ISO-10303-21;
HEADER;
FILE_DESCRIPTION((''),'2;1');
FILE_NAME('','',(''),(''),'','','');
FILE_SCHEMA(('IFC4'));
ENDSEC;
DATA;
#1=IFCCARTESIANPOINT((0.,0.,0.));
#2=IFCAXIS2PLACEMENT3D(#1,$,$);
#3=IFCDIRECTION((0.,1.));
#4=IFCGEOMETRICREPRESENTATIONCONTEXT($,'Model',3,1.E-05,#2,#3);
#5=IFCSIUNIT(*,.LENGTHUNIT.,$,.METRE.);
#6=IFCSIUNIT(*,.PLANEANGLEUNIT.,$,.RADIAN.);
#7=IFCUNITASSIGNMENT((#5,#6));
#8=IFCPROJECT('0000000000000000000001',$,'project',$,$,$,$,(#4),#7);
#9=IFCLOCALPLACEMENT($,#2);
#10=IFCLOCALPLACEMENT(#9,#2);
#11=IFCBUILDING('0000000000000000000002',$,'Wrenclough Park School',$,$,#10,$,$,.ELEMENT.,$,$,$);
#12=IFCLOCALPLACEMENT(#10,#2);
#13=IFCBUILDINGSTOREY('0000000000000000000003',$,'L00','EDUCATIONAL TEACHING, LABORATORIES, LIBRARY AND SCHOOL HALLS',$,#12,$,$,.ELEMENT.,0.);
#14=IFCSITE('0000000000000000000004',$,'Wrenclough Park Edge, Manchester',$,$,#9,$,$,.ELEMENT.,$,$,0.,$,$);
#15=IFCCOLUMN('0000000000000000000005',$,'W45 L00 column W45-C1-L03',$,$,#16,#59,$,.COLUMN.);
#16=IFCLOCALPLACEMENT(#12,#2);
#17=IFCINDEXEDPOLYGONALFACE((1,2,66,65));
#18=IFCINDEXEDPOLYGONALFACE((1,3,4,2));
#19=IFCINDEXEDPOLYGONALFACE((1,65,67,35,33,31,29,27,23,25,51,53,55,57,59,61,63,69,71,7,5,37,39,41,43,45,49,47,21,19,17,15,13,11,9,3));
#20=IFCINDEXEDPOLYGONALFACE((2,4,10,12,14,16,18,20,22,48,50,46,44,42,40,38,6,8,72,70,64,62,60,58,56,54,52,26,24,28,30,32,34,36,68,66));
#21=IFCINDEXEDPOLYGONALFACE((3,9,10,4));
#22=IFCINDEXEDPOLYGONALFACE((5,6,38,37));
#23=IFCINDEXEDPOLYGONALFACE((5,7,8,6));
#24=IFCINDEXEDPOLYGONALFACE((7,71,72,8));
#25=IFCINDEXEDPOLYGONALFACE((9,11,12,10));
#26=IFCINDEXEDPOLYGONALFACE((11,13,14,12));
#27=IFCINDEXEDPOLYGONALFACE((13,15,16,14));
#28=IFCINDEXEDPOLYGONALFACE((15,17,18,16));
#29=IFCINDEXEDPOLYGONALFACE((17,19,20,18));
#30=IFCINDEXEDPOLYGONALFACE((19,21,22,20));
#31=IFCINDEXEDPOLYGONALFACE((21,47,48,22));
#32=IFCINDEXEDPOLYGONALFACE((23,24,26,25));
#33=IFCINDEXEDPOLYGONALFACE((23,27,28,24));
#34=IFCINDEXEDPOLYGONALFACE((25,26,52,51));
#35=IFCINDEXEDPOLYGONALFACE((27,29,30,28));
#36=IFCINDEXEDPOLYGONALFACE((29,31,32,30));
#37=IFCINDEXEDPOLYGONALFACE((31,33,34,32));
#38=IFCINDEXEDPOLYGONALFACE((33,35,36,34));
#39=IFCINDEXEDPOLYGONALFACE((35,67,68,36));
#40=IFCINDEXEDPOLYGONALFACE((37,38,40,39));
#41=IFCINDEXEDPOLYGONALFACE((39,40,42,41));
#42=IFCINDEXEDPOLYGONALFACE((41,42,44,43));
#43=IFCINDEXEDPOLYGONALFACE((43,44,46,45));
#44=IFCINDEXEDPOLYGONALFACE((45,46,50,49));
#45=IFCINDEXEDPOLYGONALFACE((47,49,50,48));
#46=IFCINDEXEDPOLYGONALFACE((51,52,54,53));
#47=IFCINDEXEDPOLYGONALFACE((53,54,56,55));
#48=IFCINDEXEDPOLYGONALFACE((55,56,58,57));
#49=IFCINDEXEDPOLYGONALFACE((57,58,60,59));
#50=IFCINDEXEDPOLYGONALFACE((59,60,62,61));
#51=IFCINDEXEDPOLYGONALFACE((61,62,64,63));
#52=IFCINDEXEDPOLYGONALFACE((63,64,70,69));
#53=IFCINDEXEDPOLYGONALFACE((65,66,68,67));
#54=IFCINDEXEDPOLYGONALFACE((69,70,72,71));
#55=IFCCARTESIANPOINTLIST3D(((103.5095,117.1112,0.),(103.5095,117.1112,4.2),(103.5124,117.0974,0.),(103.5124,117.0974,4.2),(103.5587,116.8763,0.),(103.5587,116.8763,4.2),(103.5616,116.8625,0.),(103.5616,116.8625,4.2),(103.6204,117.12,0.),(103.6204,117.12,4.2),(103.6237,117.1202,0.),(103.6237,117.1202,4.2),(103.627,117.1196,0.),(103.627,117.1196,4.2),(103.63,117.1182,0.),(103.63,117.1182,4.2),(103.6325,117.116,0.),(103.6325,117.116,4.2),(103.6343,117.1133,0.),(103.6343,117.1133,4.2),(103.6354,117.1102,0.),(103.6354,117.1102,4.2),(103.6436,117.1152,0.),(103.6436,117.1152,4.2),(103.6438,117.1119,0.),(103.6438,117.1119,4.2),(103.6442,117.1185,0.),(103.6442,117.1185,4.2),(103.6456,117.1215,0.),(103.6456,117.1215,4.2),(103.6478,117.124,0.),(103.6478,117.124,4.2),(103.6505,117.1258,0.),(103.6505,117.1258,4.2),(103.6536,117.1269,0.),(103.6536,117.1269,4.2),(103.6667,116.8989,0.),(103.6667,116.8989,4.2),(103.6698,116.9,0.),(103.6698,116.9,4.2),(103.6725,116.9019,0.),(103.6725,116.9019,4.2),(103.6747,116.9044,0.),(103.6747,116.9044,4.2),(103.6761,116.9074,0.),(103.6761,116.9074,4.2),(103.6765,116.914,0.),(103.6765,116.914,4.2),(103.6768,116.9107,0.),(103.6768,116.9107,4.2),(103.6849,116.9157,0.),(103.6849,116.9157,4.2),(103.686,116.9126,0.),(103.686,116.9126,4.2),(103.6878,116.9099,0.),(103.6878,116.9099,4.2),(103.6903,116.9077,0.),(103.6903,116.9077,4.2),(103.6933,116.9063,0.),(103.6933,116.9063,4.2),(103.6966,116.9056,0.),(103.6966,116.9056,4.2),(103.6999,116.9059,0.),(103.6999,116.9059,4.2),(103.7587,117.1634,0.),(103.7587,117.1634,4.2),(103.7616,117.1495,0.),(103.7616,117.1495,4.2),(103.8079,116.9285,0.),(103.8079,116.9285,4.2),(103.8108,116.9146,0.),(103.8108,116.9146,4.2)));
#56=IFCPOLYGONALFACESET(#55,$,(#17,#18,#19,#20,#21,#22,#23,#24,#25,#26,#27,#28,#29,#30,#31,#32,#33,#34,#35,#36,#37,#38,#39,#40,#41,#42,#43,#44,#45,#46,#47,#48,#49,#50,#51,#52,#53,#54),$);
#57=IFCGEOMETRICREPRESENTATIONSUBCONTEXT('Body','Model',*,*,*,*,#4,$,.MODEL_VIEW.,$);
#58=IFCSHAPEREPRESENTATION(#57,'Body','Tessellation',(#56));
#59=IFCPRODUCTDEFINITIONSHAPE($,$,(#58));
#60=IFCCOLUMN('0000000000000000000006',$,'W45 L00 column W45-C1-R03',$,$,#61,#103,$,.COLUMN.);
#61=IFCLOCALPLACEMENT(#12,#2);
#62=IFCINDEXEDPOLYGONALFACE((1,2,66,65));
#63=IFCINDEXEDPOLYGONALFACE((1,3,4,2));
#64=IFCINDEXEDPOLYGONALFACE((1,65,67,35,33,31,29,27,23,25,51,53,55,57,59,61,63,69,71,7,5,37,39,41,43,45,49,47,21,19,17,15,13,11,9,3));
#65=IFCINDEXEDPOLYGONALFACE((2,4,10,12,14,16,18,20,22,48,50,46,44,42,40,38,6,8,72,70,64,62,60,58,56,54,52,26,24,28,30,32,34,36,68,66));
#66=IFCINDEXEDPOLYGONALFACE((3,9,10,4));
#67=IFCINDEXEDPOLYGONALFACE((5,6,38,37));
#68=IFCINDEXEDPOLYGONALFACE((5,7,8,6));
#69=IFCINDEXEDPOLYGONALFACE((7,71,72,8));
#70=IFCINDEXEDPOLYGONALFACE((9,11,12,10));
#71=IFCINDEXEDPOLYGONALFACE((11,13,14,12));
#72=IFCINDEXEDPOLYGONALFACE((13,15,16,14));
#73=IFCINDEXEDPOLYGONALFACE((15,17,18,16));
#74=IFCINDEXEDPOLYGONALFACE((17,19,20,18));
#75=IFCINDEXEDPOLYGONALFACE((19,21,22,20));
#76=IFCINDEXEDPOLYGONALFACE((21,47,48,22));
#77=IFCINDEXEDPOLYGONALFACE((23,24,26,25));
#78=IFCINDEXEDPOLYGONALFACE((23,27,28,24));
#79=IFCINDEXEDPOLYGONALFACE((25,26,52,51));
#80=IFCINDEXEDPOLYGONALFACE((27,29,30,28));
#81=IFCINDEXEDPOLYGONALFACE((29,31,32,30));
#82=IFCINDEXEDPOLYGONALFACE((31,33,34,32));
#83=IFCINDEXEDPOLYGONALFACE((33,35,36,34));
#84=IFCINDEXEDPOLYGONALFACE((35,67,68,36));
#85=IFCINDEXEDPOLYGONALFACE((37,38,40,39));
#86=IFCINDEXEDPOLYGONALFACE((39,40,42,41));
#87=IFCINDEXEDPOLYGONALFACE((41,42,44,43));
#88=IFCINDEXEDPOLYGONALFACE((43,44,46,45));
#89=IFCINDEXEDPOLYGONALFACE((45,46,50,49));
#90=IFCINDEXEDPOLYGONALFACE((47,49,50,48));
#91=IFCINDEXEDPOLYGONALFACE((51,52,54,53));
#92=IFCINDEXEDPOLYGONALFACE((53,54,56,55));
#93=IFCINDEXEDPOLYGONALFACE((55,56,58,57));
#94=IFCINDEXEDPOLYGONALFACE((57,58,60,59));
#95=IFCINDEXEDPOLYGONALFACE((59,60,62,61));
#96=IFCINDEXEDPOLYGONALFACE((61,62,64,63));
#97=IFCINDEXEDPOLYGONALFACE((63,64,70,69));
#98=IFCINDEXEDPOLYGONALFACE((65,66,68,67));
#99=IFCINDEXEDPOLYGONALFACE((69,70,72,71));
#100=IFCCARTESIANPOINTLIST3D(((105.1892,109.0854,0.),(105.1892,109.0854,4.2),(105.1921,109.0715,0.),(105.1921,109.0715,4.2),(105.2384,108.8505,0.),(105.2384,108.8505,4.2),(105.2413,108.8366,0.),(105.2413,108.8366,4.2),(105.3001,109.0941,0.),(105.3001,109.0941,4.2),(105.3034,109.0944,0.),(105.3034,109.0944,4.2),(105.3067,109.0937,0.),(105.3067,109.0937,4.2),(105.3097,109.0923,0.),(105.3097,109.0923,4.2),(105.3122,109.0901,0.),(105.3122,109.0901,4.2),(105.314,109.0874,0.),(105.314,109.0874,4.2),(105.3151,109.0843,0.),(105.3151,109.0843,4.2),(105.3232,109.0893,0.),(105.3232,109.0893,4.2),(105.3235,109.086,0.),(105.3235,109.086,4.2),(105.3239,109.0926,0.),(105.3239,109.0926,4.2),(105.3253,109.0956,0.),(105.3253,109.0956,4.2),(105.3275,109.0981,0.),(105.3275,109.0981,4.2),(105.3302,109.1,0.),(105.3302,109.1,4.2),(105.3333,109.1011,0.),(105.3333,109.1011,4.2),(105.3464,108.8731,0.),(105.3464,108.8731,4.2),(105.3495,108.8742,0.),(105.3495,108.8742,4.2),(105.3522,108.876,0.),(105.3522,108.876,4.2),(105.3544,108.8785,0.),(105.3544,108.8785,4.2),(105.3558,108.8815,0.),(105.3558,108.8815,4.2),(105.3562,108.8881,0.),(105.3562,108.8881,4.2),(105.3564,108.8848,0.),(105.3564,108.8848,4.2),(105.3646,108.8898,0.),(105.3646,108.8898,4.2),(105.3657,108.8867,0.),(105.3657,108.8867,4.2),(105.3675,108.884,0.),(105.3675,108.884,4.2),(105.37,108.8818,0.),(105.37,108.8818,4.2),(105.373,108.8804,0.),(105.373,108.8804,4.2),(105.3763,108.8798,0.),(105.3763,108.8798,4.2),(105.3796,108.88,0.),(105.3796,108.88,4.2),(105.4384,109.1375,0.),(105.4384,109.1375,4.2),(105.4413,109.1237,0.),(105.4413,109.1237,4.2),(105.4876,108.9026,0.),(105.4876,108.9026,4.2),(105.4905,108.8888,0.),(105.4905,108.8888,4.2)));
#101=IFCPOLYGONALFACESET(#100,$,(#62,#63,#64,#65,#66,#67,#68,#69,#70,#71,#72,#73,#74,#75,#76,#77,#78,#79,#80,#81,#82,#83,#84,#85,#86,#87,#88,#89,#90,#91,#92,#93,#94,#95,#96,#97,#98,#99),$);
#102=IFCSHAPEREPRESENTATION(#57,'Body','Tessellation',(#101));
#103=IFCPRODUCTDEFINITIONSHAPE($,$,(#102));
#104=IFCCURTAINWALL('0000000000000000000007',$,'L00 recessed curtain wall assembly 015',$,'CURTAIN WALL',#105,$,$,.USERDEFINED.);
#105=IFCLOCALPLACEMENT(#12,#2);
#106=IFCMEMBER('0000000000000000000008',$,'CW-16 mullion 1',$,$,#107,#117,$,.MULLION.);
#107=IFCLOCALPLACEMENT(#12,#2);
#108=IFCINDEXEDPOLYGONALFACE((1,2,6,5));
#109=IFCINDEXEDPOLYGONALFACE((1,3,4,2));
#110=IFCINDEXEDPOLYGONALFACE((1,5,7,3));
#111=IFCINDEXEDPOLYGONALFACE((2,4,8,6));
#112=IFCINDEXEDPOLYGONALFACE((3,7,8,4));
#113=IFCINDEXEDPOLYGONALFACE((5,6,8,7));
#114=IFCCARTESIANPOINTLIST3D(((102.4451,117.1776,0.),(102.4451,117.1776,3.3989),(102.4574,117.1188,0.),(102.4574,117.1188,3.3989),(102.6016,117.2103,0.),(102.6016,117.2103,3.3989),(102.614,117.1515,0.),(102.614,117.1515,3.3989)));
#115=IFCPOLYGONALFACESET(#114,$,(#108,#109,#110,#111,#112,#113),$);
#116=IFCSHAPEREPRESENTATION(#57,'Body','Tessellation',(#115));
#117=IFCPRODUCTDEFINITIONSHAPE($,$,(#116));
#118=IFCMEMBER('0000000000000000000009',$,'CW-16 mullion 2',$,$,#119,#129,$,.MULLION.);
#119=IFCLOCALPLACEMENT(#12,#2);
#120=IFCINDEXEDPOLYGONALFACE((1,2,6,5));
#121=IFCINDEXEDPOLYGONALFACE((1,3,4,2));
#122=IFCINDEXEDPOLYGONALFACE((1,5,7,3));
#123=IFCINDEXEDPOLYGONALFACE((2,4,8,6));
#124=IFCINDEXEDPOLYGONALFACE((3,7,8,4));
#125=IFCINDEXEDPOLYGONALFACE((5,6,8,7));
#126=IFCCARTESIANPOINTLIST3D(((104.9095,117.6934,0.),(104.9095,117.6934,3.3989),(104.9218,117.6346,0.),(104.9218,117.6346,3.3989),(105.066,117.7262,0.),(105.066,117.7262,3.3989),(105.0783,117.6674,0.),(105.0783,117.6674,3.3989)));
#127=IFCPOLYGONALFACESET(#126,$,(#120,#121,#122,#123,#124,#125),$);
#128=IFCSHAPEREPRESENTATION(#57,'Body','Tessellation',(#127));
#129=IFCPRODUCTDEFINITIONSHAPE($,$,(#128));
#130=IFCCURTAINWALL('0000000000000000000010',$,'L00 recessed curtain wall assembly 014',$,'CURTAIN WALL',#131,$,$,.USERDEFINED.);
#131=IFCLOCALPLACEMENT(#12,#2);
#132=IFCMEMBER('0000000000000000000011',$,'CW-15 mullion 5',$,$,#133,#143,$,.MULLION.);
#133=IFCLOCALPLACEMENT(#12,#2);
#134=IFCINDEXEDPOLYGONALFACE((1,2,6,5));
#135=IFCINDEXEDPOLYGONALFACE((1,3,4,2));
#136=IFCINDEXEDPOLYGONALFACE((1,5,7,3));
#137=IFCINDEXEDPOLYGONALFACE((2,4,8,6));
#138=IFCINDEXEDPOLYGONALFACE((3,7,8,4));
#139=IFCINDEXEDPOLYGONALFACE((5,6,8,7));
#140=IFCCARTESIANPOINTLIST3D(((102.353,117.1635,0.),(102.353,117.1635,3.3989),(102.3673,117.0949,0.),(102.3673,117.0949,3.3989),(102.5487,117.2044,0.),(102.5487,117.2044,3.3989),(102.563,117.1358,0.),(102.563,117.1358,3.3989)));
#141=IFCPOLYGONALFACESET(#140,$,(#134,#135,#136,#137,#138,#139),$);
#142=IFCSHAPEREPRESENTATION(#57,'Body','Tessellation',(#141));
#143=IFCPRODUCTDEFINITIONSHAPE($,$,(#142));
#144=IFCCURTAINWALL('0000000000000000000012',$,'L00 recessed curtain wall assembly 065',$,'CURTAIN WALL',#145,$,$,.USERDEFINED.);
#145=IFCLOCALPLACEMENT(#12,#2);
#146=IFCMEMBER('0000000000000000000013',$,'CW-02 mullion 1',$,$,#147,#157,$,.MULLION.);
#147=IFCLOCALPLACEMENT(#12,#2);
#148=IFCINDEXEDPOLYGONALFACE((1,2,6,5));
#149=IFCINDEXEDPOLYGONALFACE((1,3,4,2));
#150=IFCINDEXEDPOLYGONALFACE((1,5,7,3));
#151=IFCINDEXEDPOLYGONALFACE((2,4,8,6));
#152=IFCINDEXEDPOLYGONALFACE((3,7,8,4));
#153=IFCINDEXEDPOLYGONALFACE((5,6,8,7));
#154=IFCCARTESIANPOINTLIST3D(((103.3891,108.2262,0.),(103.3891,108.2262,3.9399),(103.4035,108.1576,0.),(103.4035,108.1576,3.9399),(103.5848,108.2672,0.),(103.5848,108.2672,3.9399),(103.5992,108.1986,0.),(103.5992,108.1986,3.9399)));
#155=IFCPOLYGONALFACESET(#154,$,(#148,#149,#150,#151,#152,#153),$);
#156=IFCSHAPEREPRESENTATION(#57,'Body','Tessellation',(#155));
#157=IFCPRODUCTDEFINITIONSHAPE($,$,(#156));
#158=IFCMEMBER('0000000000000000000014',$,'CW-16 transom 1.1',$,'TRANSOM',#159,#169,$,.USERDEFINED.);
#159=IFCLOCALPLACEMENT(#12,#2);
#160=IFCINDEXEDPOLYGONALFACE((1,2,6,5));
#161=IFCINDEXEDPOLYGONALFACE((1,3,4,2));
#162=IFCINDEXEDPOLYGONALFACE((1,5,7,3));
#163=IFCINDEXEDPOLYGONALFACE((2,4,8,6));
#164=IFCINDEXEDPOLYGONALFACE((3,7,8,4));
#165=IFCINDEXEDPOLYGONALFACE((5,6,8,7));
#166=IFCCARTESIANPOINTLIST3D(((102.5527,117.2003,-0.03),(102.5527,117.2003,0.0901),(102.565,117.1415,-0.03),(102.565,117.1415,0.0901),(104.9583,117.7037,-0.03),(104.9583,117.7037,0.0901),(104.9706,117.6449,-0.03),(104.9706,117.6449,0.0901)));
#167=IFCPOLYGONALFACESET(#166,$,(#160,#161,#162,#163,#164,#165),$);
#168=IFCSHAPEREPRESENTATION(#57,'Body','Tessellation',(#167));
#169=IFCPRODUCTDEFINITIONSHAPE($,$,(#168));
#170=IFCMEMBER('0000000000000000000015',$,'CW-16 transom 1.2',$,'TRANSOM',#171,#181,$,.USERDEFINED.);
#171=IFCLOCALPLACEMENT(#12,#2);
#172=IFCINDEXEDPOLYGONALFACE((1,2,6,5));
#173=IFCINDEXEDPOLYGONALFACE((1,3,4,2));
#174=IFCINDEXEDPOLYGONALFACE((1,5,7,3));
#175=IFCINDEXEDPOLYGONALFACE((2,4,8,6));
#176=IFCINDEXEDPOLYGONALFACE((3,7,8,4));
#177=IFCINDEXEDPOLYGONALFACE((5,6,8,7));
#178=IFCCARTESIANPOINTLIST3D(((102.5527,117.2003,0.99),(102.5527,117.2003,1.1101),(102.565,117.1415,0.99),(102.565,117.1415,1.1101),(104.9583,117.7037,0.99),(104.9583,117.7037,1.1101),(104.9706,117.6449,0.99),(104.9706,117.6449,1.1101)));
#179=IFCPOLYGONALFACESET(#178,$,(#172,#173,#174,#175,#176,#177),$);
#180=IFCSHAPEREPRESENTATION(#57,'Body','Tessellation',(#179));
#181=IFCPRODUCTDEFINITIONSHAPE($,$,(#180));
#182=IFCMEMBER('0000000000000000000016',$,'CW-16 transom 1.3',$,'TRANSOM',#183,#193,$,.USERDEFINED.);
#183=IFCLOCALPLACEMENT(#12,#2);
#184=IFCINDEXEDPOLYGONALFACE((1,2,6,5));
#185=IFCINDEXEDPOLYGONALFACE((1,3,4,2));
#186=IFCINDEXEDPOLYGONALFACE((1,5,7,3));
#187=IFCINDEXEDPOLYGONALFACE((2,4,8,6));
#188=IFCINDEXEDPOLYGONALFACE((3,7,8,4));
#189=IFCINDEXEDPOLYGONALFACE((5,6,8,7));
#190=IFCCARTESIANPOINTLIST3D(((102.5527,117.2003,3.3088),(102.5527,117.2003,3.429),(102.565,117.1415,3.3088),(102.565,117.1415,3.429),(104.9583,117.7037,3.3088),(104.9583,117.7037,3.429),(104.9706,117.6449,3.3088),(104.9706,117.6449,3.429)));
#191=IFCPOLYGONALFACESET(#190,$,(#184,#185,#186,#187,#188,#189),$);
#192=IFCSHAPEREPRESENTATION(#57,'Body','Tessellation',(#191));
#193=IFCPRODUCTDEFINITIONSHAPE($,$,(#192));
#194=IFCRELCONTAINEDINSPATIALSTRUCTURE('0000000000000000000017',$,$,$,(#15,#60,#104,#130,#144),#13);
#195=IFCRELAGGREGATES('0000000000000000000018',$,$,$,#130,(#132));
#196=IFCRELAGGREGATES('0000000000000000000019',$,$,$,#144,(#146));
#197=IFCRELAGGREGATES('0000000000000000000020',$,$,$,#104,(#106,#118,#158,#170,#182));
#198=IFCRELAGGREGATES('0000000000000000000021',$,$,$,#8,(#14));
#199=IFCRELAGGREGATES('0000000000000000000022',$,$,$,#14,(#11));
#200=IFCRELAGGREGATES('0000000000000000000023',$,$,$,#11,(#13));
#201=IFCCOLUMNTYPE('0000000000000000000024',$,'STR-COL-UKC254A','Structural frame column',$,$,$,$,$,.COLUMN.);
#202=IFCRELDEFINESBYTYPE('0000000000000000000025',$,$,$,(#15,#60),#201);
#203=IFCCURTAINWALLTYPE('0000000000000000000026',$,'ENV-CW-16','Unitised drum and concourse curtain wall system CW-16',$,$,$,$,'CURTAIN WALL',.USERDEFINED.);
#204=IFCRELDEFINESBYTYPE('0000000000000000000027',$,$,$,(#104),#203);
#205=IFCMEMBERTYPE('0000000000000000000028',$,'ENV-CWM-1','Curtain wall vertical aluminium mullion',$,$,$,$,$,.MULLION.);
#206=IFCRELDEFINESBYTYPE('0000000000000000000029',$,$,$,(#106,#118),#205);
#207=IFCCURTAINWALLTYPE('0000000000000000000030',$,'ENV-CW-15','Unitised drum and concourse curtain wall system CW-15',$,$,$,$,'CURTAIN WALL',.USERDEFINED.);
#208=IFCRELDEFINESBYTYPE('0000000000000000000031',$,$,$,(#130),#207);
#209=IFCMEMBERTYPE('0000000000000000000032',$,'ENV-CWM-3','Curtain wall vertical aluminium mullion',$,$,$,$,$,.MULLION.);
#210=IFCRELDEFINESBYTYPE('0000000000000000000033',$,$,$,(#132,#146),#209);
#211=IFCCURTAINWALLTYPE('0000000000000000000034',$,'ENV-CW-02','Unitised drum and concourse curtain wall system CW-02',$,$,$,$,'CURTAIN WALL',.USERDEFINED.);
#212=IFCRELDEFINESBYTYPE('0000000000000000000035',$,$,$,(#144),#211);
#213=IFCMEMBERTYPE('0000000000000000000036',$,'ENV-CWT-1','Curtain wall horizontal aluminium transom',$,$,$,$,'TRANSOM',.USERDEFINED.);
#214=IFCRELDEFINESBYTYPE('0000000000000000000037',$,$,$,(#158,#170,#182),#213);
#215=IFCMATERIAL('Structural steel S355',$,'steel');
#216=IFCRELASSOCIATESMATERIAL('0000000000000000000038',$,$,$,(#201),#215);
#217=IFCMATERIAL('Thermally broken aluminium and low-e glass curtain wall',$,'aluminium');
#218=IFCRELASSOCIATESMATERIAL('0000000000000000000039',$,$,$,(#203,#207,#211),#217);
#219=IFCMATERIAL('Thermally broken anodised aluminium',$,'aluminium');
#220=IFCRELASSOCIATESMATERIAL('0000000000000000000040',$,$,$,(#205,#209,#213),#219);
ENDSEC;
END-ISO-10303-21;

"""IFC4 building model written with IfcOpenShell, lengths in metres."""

from ifc_helpers import new_model, si_unit, direction, frame, origin, origin_2d, place, context, subcontext, project, spatial, rectangle, i_section, extrude, material, material_profile, profile_set, type_object, element, aggregate, save


model = new_model("IFC4")

# Units and contexts
model_context = context("Model", 3, precision=1e-05, world=origin(), true_north=direction((0.0, 1.0)))
body_context = subcontext(model_context, "Body", "Model", "MODEL_VIEW")
ifc_project = project(units=[si_unit("LENGTHUNIT", "METRE"), si_unit("PLANEANGLEUNIT", "RADIAN")], contexts=[model_context])

# Site, building, storey
site_placement = place(None, origin())
site = spatial("IfcSite", under=ifc_project, at=site_placement, Name="Wrenclough Park Edge, Manchester", CompositionType="ELEMENT", RefElevation=0.0)
building_placement = place(site_placement, origin())
building = spatial("IfcBuilding", under=site, at=building_placement, Name="Wrenclough Park School", CompositionType="ELEMENT")
storey_placement = place(building_placement, origin())
storey = spatial("IfcBuildingStorey", under=building, at=storey_placement, Name="L00", Description="EDUCATIONAL TEACHING, LABORATORIES, LIBRARY AND SCHOOL HALLS", CompositionType="ELEMENT", Elevation=0.0)

# Columns
ifc_material_1 = material(Name="Structural steel S355", Category="steel")
ifc_material_profile_1 = material_profile(ifc_material_1, i_section(OverallWidth=0.2546, OverallDepth=0.2542, WebThickness=0.0085, FlangeThickness=0.0142, FilletRadius=0.0127, at=origin_2d()), Name="UKC 254x254x73")
ifc_profile_set_1 = profile_set([ifc_material_profile_1], Name="Structural steel S355")
column_type = type_object("IfcColumnType", Name="STR-COL-UKC254A", Description="Structural frame column", PredefinedType="COLUMN", material=ifc_profile_set_1)
for number, where, z_axis, x_axis, name in (
    (1, (103.6602, 117.0129, 0.0), (0.0, 0.0, 1.0), (0.978796, 0.204838, 0.0), "W45 L00 column W45-C1-L03"),
    (2, (105.3398, 108.9871, 0.0), (0.0, 0.0, 1.0), (0.978796, 0.204838, 0.0), "W45 L00 column W45-C1-R03"),
):
    element("IfcColumn", number, at=place(storey_placement, frame(where, z_axis=z_axis, x_axis=x_axis)), inside=storey, type_object=column_type, Name=name, PredefinedType="COLUMN", context=body_context, shape_type="SweptSolid", body=[
        extrude(i_section(OverallWidth=0.2546, OverallDepth=0.2542, WebThickness=0.0085, FlangeThickness=0.0142, FilletRadius=0.0127, at=origin_2d()), origin(), (0.0, 0.0, 1.0), 4.2),
    ])

# Curtain wall, members
ifc_material_2 = material(Name="Thermally broken aluminium and low-e glass curtain wall", Category="aluminium")
curtain_wall_type_1 = type_object("IfcCurtainWallType", Name="ENV-CW-16", Description="Unitised drum and concourse curtain wall system CW-16", ElementType="CURTAIN WALL", PredefinedType="USERDEFINED", material=ifc_material_2)
curtain_wall_1_placement = place(storey_placement, origin())
curtain_wall_1 = element("IfcCurtainWall", 3, at=curtain_wall_1_placement, inside=storey, type_object=curtain_wall_type_1, Name="L00 recessed curtain wall assembly 015", ObjectType="CURTAIN WALL", PredefinedType="USERDEFINED")
ifc_material_3 = material(Name="Thermally broken anodised aluminium", Category="aluminium")
ifc_material_profile_2 = material_profile(ifc_material_3, rectangle(XDim=0.0601, YDim=0.1599, at=origin_2d()), Name="AL MULLION 60x160")
ifc_profile_set_2 = profile_set([ifc_material_profile_2], Name="Thermally broken anodised aluminium")
member_type_1 = type_object("IfcMemberType", Name="ENV-CWM-1", Description="Curtain wall vertical aluminium mullion", PredefinedType="MULLION", material=ifc_profile_set_2)
member_1_placement = place(storey_placement, frame((102.5295, 117.1646, 0.0), z_axis=(0.0, 0.0, 1.0), x_axis=(-0.204858, 0.978792, 0.0)))
member_1 = element("IfcMember", 4, at=member_1_placement, type_object=member_type_1, Name="CW-16 mullion 1", PredefinedType="MULLION", context=body_context, shape_type="SweptSolid", body=[
    extrude(rectangle(XDim=0.0601, YDim=0.1599, at=origin_2d()), origin(), (0.0, 0.0, 1.0), 3.3989),
])
member_2_placement = place(storey_placement, frame((104.9939, 117.6804, 0.0), z_axis=(0.0, 0.0, 1.0), x_axis=(-0.204858, 0.978792, 0.0)))
member_2 = element("IfcMember", 5, at=member_2_placement, type_object=member_type_1, Name="CW-16 mullion 2", PredefinedType="MULLION", context=body_context, shape_type="SweptSolid", body=[
    extrude(rectangle(XDim=0.0601, YDim=0.1599, at=origin_2d()), origin(), (0.0, 0.0, 1.0), 3.3989),
])

# Curtain walls, members
curtain_wall_type_2 = type_object("IfcCurtainWallType", Name="ENV-CW-15", Description="Unitised drum and concourse curtain wall system CW-15", ElementType="CURTAIN WALL", PredefinedType="USERDEFINED", material=ifc_material_2)
curtain_wall_2_placement = place(storey_placement, origin())
curtain_wall_2 = element("IfcCurtainWall", 6, at=curtain_wall_2_placement, inside=storey, type_object=curtain_wall_type_2, Name="L00 recessed curtain wall assembly 014", ObjectType="CURTAIN WALL", PredefinedType="USERDEFINED")
ifc_material_profile_3 = material_profile(ifc_material_3, rectangle(XDim=0.0701, YDim=0.2, at=origin_2d()), Name="AL MULLION 70x200")
ifc_profile_set_3 = profile_set([ifc_material_profile_3], Name="Thermally broken anodised aluminium")
member_type_2 = type_object("IfcMemberType", Name="ENV-CWM-3", Description="Curtain wall vertical aluminium mullion", PredefinedType="MULLION", material=ifc_profile_set_3)
member_3_placement = place(storey_placement, frame((102.458, 117.1497, 0.0), z_axis=(0.0, 0.0, 1.0), x_axis=(-0.204871, 0.978789, 0.0)))
member_3 = element("IfcMember", 7, at=member_3_placement, type_object=member_type_2, Name="CW-15 mullion 5", PredefinedType="MULLION", context=body_context, shape_type="SweptSolid", body=[
    extrude(rectangle(XDim=0.0701, YDim=0.2, at=origin_2d()), origin(), (0.0, 0.0, 1.0), 3.3989),
])
aggregate(curtain_wall_2, [member_3])
curtain_wall_type_3 = type_object("IfcCurtainWallType", Name="ENV-CW-02", Description="Unitised drum and concourse curtain wall system CW-02", ElementType="CURTAIN WALL", PredefinedType="USERDEFINED", material=ifc_material_2)
curtain_wall_3_placement = place(storey_placement, origin())
curtain_wall_3 = element("IfcCurtainWall", 8, at=curtain_wall_3_placement, inside=storey, type_object=curtain_wall_type_3, Name="L00 recessed curtain wall assembly 065", ObjectType="CURTAIN WALL", PredefinedType="USERDEFINED")
member_4_placement = place(storey_placement, frame((103.4941, 108.2124, 0.0), z_axis=(0.0, 0.0, 1.0), x_axis=(0.204874, -0.978788, 0.0)))
member_4 = element("IfcMember", 9, at=member_4_placement, type_object=member_type_2, Name="CW-02 mullion 1", PredefinedType="MULLION", context=body_context, shape_type="SweptSolid", body=[
    extrude(rectangle(XDim=0.0701, YDim=0.2, at=origin_2d()), origin(), (0.0, 0.0, 1.0), 3.9399),
])

# Members
ifc_material_profile_4 = material_profile(ifc_material_3, rectangle(XDim=0.0601, YDim=0.1201, at=origin_2d()), Name="AL TRANSOM 60x120")
ifc_profile_set_4 = profile_set([ifc_material_profile_4], Name="Thermally broken anodised aluminium")
member_type_3 = type_object("IfcMemberType", Name="ENV-CWT-1", Description="Curtain wall horizontal aluminium transom", ElementType="TRANSOM", PredefinedType="USERDEFINED", material=ifc_profile_set_4)
member_5_placement = place(storey_placement, frame((102.5588, 117.1709, 0.03), z_axis=(0.9788, 0.204819, 0.0), x_axis=(-0.204819, 0.9788, 0.0)))
member_5 = element("IfcMember", 10, at=member_5_placement, type_object=member_type_3, Name="CW-16 transom 1.1", ObjectType="TRANSOM", PredefinedType="USERDEFINED", context=body_context, shape_type="SweptSolid", body=[
    extrude(rectangle(XDim=0.0601, YDim=0.1201, at=origin_2d()), origin(), (0.0, 0.0, 1.0), 2.4578),
])
member_6_placement = place(storey_placement, frame((102.5588, 117.1709, 1.05), z_axis=(0.9788, 0.204819, 0.0), x_axis=(-0.204819, 0.9788, 0.0)))
member_6 = element("IfcMember", 11, at=member_6_placement, type_object=member_type_3, Name="CW-16 transom 1.2", ObjectType="TRANSOM", PredefinedType="USERDEFINED", context=body_context, shape_type="SweptSolid", body=[
    extrude(rectangle(XDim=0.0601, YDim=0.1201, at=origin_2d()), origin(), (0.0, 0.0, 1.0), 2.4578),
])
member_7_placement = place(storey_placement, frame((102.5588, 117.1709, 3.3689), z_axis=(0.9788, 0.204819, 0.0), x_axis=(-0.204819, 0.9788, 0.0)))
member_7 = element("IfcMember", 12, at=member_7_placement, type_object=member_type_3, Name="CW-16 transom 1.3", ObjectType="TRANSOM", PredefinedType="USERDEFINED", context=body_context, shape_type="SweptSolid", body=[
    extrude(rectangle(XDim=0.0601, YDim=0.1201, at=origin_2d()), origin(), (0.0, 0.0, 1.0), 2.4578),
])
aggregate(curtain_wall_3, [member_4])

aggregate(curtain_wall_1, [member_1, member_2, member_5, member_6, member_7])

save(model, "model.ifc")
